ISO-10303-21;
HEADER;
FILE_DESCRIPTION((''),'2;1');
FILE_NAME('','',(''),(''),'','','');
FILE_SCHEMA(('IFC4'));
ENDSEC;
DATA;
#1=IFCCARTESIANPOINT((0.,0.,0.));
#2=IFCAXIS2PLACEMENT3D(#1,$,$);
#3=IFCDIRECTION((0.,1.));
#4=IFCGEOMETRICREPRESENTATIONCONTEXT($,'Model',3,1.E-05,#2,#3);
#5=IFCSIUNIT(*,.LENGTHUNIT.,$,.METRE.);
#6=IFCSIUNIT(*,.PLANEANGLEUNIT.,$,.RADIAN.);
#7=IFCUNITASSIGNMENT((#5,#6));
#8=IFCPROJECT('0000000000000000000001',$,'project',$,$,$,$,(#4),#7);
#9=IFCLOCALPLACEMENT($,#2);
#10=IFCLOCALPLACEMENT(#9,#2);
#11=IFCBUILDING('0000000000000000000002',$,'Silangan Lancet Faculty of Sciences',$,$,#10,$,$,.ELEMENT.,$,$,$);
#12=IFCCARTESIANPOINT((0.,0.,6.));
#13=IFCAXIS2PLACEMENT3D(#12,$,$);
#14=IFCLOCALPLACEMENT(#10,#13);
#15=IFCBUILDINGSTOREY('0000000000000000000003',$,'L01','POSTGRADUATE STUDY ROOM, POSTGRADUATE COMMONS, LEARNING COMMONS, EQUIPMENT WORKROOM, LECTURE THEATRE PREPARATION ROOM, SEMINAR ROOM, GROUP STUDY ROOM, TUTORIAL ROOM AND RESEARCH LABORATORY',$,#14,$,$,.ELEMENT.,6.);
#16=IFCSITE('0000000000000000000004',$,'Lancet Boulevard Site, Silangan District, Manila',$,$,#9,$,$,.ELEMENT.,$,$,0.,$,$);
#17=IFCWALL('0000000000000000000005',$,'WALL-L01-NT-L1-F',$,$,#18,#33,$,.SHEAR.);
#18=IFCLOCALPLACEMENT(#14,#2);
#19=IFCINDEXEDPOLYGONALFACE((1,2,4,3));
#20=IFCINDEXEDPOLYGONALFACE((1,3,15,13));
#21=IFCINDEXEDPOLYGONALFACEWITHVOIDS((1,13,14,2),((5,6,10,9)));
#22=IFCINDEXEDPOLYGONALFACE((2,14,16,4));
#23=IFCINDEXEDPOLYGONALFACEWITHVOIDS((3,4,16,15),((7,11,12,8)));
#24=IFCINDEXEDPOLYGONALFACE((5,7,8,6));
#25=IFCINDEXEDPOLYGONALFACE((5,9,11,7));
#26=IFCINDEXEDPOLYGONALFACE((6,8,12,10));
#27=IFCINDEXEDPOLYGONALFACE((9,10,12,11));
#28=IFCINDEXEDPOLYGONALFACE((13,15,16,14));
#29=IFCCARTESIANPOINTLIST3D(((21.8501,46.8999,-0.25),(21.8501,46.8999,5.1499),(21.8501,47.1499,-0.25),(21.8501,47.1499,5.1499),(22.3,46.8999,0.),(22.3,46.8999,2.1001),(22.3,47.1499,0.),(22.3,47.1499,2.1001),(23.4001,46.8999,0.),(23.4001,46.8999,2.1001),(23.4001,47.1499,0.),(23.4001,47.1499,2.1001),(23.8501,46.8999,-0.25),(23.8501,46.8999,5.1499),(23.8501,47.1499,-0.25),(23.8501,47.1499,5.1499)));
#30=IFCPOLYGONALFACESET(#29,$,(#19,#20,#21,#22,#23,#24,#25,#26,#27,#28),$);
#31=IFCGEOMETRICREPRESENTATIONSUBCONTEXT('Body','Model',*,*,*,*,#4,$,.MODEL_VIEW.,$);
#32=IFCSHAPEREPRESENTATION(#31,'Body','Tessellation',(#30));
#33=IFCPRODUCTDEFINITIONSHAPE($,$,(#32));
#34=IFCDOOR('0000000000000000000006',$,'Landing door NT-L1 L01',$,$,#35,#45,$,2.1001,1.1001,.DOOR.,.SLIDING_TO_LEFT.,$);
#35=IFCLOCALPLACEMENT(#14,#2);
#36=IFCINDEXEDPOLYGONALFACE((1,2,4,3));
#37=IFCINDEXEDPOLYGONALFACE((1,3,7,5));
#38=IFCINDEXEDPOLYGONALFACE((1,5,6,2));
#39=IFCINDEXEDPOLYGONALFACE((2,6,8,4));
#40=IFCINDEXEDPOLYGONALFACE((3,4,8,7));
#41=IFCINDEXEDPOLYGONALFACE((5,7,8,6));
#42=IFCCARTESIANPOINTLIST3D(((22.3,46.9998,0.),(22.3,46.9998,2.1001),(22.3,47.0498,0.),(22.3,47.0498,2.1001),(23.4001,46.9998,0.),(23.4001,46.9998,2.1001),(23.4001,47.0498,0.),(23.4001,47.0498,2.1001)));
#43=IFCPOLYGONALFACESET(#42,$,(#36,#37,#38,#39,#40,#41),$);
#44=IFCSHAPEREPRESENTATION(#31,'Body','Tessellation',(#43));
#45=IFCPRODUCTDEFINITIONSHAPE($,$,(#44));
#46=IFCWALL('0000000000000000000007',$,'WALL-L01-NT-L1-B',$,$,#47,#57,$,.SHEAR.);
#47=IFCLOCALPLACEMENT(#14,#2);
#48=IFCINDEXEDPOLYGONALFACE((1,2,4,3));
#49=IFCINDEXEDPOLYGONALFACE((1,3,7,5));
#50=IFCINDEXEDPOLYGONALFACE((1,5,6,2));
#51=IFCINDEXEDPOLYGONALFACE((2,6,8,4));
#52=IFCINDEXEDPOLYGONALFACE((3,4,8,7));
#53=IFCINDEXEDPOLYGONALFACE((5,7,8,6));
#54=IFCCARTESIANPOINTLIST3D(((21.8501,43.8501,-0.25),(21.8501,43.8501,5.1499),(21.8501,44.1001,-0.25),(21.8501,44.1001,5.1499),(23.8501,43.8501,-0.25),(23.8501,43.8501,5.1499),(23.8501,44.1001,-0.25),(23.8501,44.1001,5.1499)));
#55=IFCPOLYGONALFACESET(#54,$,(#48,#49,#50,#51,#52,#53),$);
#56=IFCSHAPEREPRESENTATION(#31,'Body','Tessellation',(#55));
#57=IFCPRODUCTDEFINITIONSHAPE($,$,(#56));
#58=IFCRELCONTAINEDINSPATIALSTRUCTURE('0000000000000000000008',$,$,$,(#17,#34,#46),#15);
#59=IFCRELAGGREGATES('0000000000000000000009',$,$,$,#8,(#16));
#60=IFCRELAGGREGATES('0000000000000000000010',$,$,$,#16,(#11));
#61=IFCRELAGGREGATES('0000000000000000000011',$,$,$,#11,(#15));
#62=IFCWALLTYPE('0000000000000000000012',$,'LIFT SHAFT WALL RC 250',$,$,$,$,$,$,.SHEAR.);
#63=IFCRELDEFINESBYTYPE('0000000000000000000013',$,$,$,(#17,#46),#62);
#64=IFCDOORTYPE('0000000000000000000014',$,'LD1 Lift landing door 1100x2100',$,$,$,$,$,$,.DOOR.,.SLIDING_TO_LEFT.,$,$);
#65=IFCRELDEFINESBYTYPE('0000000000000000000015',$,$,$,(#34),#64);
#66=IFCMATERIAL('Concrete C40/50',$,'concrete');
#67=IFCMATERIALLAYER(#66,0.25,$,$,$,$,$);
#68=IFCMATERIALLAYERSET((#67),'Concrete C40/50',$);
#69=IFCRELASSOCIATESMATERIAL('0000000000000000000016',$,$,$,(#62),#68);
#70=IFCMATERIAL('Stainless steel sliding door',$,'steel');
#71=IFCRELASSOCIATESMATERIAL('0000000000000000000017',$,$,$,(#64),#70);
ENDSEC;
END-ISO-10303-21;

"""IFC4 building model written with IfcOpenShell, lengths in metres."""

from ifc_helpers import new_model, si_unit, direction, frame, frame_2d, origin, place, context, subcontext, project, spatial, rectangle, extrude, material, layer, layer_set, type_object, element, fill, save


model = new_model("IFC4")

# Units and contexts
model_context = context("Model", 3, precision=1e-05, world=origin(), true_north=direction((0.0, 1.0)))
body_context = subcontext(model_context, "Body", "Model", "MODEL_VIEW")
ifc_project = project(units=[si_unit("LENGTHUNIT", "METRE"), si_unit("PLANEANGLEUNIT", "RADIAN")], contexts=[model_context])

# Site, building, storey
site_placement = place(None, origin())
site = spatial("IfcSite", under=ifc_project, at=site_placement, Name="Lancet Boulevard Site, Silangan District, Manila", CompositionType="ELEMENT", RefElevation=0.0)
building_placement = place(site_placement, origin())
building = spatial("IfcBuilding", under=site, at=building_placement, Name="Silangan Lancet Faculty of Sciences", CompositionType="ELEMENT")
storey_placement = place(building_placement, frame((0.0, 0.0, 6.0)))
storey = spatial("IfcBuildingStorey", under=building, at=storey_placement, Name="L01", Description="POSTGRADUATE STUDY ROOM, POSTGRADUATE COMMONS, LEARNING COMMONS, EQUIPMENT WORKROOM, LECTURE THEATRE PREPARATION ROOM, SEMINAR ROOM, GROUP STUDY ROOM, TUTORIAL ROOM AND RESEARCH LABORATORY", CompositionType="ELEMENT", Elevation=6.0)

# Shared definitions
ifc_material_1 = material(Name="Concrete C40/50", Category="concrete")
ifc_layer_1 = layer(ifc_material_1, 0.25)
ifc_layer_set_1 = layer_set([ifc_layer_1], Name="Concrete C40/50")
wall_type_1 = type_object("IfcWallType", Name="LIFT SHAFT WALL RC 250", PredefinedType="SHEAR", material=ifc_layer_set_1)

# Wall, opening, door
wall_1_placement = place(storey_placement, frame((21.8501, 47.0249, -0.25), z_axis=(0.0, 0.0, 1.0), x_axis=(1.0, 0.0, 0.0)))
wall_1 = element("IfcWall", 1, at=wall_1_placement, inside=storey, type_object=wall_type_1, Name="WALL-L01-NT-L1-F", PredefinedType="SHEAR", context=body_context, shape_type="SweptSolid", body=[
    extrude(rectangle(XDim=2.0, YDim=0.25, at=frame_2d((1.0, 0.0))), origin(), (0.0, 0.0, 1.0), 5.3999),
])
opening_1_placement = place(wall_1_placement, frame((0.45, 0.0, 0.25)))
opening_1 = element("IfcOpeningElement", 2, at=opening_1_placement, cuts=wall_1, PredefinedType="OPENING", context=body_context, shape_type="SweptSolid", body=[
    extrude(rectangle(XDim=1.1001, YDim=2.1001, at=frame_2d((0.55, 1.05))), frame((0.0, 0.135, 0.0), z_axis=(0.0, -1.0, 0.0), x_axis=(1.0, 0.0, 0.0)), (0.0, 0.0, 1.0), 0.27),
])
ifc_material_2 = material(Name="Stainless steel sliding door", Category="steel")
door_type_1 = type_object("IfcDoorType", Name="LD1 Lift landing door 1100x2100", OperationType="SLIDING_TO_LEFT", PredefinedType="DOOR", material=ifc_material_2)
door_1_placement = place(opening_1_placement, origin())
door_1 = element("IfcDoor", 3, at=door_1_placement, inside=storey, type_object=door_type_1, Name="Landing door NT-L1 L01", OperationType="SLIDING_TO_LEFT", OverallHeight=2.1001, OverallWidth=1.1001, PredefinedType="DOOR", context=body_context, shape_type="SweptSolid", body=[
    extrude(rectangle(XDim=1.1001, YDim=2.1001, at=frame_2d((0.55, 1.05))), frame((0.0, 0.0249, 0.0), z_axis=(0.0, -1.0, 0.0), x_axis=(1.0, 0.0, 0.0)), (0.0, 0.0, 1.0), 0.05),
])
fill(opening_1, door_1)

# Wall
wall_2_placement = place(storey_placement, frame((21.8501, 43.9751, -0.25), z_axis=(0.0, 0.0, 1.0), x_axis=(1.0, 0.0, 0.0)))
element("IfcWall", 4, at=wall_2_placement, inside=storey, type_object=wall_type_1, Name="WALL-L01-NT-L1-B", PredefinedType="SHEAR", context=body_context, shape_type="SweptSolid", body=[
    extrude(rectangle(XDim=2.0, YDim=0.25, at=frame_2d((1.0, 0.0))), origin(), (0.0, 0.0, 1.0), 5.3999),
])

save(model, "model.ifc")
